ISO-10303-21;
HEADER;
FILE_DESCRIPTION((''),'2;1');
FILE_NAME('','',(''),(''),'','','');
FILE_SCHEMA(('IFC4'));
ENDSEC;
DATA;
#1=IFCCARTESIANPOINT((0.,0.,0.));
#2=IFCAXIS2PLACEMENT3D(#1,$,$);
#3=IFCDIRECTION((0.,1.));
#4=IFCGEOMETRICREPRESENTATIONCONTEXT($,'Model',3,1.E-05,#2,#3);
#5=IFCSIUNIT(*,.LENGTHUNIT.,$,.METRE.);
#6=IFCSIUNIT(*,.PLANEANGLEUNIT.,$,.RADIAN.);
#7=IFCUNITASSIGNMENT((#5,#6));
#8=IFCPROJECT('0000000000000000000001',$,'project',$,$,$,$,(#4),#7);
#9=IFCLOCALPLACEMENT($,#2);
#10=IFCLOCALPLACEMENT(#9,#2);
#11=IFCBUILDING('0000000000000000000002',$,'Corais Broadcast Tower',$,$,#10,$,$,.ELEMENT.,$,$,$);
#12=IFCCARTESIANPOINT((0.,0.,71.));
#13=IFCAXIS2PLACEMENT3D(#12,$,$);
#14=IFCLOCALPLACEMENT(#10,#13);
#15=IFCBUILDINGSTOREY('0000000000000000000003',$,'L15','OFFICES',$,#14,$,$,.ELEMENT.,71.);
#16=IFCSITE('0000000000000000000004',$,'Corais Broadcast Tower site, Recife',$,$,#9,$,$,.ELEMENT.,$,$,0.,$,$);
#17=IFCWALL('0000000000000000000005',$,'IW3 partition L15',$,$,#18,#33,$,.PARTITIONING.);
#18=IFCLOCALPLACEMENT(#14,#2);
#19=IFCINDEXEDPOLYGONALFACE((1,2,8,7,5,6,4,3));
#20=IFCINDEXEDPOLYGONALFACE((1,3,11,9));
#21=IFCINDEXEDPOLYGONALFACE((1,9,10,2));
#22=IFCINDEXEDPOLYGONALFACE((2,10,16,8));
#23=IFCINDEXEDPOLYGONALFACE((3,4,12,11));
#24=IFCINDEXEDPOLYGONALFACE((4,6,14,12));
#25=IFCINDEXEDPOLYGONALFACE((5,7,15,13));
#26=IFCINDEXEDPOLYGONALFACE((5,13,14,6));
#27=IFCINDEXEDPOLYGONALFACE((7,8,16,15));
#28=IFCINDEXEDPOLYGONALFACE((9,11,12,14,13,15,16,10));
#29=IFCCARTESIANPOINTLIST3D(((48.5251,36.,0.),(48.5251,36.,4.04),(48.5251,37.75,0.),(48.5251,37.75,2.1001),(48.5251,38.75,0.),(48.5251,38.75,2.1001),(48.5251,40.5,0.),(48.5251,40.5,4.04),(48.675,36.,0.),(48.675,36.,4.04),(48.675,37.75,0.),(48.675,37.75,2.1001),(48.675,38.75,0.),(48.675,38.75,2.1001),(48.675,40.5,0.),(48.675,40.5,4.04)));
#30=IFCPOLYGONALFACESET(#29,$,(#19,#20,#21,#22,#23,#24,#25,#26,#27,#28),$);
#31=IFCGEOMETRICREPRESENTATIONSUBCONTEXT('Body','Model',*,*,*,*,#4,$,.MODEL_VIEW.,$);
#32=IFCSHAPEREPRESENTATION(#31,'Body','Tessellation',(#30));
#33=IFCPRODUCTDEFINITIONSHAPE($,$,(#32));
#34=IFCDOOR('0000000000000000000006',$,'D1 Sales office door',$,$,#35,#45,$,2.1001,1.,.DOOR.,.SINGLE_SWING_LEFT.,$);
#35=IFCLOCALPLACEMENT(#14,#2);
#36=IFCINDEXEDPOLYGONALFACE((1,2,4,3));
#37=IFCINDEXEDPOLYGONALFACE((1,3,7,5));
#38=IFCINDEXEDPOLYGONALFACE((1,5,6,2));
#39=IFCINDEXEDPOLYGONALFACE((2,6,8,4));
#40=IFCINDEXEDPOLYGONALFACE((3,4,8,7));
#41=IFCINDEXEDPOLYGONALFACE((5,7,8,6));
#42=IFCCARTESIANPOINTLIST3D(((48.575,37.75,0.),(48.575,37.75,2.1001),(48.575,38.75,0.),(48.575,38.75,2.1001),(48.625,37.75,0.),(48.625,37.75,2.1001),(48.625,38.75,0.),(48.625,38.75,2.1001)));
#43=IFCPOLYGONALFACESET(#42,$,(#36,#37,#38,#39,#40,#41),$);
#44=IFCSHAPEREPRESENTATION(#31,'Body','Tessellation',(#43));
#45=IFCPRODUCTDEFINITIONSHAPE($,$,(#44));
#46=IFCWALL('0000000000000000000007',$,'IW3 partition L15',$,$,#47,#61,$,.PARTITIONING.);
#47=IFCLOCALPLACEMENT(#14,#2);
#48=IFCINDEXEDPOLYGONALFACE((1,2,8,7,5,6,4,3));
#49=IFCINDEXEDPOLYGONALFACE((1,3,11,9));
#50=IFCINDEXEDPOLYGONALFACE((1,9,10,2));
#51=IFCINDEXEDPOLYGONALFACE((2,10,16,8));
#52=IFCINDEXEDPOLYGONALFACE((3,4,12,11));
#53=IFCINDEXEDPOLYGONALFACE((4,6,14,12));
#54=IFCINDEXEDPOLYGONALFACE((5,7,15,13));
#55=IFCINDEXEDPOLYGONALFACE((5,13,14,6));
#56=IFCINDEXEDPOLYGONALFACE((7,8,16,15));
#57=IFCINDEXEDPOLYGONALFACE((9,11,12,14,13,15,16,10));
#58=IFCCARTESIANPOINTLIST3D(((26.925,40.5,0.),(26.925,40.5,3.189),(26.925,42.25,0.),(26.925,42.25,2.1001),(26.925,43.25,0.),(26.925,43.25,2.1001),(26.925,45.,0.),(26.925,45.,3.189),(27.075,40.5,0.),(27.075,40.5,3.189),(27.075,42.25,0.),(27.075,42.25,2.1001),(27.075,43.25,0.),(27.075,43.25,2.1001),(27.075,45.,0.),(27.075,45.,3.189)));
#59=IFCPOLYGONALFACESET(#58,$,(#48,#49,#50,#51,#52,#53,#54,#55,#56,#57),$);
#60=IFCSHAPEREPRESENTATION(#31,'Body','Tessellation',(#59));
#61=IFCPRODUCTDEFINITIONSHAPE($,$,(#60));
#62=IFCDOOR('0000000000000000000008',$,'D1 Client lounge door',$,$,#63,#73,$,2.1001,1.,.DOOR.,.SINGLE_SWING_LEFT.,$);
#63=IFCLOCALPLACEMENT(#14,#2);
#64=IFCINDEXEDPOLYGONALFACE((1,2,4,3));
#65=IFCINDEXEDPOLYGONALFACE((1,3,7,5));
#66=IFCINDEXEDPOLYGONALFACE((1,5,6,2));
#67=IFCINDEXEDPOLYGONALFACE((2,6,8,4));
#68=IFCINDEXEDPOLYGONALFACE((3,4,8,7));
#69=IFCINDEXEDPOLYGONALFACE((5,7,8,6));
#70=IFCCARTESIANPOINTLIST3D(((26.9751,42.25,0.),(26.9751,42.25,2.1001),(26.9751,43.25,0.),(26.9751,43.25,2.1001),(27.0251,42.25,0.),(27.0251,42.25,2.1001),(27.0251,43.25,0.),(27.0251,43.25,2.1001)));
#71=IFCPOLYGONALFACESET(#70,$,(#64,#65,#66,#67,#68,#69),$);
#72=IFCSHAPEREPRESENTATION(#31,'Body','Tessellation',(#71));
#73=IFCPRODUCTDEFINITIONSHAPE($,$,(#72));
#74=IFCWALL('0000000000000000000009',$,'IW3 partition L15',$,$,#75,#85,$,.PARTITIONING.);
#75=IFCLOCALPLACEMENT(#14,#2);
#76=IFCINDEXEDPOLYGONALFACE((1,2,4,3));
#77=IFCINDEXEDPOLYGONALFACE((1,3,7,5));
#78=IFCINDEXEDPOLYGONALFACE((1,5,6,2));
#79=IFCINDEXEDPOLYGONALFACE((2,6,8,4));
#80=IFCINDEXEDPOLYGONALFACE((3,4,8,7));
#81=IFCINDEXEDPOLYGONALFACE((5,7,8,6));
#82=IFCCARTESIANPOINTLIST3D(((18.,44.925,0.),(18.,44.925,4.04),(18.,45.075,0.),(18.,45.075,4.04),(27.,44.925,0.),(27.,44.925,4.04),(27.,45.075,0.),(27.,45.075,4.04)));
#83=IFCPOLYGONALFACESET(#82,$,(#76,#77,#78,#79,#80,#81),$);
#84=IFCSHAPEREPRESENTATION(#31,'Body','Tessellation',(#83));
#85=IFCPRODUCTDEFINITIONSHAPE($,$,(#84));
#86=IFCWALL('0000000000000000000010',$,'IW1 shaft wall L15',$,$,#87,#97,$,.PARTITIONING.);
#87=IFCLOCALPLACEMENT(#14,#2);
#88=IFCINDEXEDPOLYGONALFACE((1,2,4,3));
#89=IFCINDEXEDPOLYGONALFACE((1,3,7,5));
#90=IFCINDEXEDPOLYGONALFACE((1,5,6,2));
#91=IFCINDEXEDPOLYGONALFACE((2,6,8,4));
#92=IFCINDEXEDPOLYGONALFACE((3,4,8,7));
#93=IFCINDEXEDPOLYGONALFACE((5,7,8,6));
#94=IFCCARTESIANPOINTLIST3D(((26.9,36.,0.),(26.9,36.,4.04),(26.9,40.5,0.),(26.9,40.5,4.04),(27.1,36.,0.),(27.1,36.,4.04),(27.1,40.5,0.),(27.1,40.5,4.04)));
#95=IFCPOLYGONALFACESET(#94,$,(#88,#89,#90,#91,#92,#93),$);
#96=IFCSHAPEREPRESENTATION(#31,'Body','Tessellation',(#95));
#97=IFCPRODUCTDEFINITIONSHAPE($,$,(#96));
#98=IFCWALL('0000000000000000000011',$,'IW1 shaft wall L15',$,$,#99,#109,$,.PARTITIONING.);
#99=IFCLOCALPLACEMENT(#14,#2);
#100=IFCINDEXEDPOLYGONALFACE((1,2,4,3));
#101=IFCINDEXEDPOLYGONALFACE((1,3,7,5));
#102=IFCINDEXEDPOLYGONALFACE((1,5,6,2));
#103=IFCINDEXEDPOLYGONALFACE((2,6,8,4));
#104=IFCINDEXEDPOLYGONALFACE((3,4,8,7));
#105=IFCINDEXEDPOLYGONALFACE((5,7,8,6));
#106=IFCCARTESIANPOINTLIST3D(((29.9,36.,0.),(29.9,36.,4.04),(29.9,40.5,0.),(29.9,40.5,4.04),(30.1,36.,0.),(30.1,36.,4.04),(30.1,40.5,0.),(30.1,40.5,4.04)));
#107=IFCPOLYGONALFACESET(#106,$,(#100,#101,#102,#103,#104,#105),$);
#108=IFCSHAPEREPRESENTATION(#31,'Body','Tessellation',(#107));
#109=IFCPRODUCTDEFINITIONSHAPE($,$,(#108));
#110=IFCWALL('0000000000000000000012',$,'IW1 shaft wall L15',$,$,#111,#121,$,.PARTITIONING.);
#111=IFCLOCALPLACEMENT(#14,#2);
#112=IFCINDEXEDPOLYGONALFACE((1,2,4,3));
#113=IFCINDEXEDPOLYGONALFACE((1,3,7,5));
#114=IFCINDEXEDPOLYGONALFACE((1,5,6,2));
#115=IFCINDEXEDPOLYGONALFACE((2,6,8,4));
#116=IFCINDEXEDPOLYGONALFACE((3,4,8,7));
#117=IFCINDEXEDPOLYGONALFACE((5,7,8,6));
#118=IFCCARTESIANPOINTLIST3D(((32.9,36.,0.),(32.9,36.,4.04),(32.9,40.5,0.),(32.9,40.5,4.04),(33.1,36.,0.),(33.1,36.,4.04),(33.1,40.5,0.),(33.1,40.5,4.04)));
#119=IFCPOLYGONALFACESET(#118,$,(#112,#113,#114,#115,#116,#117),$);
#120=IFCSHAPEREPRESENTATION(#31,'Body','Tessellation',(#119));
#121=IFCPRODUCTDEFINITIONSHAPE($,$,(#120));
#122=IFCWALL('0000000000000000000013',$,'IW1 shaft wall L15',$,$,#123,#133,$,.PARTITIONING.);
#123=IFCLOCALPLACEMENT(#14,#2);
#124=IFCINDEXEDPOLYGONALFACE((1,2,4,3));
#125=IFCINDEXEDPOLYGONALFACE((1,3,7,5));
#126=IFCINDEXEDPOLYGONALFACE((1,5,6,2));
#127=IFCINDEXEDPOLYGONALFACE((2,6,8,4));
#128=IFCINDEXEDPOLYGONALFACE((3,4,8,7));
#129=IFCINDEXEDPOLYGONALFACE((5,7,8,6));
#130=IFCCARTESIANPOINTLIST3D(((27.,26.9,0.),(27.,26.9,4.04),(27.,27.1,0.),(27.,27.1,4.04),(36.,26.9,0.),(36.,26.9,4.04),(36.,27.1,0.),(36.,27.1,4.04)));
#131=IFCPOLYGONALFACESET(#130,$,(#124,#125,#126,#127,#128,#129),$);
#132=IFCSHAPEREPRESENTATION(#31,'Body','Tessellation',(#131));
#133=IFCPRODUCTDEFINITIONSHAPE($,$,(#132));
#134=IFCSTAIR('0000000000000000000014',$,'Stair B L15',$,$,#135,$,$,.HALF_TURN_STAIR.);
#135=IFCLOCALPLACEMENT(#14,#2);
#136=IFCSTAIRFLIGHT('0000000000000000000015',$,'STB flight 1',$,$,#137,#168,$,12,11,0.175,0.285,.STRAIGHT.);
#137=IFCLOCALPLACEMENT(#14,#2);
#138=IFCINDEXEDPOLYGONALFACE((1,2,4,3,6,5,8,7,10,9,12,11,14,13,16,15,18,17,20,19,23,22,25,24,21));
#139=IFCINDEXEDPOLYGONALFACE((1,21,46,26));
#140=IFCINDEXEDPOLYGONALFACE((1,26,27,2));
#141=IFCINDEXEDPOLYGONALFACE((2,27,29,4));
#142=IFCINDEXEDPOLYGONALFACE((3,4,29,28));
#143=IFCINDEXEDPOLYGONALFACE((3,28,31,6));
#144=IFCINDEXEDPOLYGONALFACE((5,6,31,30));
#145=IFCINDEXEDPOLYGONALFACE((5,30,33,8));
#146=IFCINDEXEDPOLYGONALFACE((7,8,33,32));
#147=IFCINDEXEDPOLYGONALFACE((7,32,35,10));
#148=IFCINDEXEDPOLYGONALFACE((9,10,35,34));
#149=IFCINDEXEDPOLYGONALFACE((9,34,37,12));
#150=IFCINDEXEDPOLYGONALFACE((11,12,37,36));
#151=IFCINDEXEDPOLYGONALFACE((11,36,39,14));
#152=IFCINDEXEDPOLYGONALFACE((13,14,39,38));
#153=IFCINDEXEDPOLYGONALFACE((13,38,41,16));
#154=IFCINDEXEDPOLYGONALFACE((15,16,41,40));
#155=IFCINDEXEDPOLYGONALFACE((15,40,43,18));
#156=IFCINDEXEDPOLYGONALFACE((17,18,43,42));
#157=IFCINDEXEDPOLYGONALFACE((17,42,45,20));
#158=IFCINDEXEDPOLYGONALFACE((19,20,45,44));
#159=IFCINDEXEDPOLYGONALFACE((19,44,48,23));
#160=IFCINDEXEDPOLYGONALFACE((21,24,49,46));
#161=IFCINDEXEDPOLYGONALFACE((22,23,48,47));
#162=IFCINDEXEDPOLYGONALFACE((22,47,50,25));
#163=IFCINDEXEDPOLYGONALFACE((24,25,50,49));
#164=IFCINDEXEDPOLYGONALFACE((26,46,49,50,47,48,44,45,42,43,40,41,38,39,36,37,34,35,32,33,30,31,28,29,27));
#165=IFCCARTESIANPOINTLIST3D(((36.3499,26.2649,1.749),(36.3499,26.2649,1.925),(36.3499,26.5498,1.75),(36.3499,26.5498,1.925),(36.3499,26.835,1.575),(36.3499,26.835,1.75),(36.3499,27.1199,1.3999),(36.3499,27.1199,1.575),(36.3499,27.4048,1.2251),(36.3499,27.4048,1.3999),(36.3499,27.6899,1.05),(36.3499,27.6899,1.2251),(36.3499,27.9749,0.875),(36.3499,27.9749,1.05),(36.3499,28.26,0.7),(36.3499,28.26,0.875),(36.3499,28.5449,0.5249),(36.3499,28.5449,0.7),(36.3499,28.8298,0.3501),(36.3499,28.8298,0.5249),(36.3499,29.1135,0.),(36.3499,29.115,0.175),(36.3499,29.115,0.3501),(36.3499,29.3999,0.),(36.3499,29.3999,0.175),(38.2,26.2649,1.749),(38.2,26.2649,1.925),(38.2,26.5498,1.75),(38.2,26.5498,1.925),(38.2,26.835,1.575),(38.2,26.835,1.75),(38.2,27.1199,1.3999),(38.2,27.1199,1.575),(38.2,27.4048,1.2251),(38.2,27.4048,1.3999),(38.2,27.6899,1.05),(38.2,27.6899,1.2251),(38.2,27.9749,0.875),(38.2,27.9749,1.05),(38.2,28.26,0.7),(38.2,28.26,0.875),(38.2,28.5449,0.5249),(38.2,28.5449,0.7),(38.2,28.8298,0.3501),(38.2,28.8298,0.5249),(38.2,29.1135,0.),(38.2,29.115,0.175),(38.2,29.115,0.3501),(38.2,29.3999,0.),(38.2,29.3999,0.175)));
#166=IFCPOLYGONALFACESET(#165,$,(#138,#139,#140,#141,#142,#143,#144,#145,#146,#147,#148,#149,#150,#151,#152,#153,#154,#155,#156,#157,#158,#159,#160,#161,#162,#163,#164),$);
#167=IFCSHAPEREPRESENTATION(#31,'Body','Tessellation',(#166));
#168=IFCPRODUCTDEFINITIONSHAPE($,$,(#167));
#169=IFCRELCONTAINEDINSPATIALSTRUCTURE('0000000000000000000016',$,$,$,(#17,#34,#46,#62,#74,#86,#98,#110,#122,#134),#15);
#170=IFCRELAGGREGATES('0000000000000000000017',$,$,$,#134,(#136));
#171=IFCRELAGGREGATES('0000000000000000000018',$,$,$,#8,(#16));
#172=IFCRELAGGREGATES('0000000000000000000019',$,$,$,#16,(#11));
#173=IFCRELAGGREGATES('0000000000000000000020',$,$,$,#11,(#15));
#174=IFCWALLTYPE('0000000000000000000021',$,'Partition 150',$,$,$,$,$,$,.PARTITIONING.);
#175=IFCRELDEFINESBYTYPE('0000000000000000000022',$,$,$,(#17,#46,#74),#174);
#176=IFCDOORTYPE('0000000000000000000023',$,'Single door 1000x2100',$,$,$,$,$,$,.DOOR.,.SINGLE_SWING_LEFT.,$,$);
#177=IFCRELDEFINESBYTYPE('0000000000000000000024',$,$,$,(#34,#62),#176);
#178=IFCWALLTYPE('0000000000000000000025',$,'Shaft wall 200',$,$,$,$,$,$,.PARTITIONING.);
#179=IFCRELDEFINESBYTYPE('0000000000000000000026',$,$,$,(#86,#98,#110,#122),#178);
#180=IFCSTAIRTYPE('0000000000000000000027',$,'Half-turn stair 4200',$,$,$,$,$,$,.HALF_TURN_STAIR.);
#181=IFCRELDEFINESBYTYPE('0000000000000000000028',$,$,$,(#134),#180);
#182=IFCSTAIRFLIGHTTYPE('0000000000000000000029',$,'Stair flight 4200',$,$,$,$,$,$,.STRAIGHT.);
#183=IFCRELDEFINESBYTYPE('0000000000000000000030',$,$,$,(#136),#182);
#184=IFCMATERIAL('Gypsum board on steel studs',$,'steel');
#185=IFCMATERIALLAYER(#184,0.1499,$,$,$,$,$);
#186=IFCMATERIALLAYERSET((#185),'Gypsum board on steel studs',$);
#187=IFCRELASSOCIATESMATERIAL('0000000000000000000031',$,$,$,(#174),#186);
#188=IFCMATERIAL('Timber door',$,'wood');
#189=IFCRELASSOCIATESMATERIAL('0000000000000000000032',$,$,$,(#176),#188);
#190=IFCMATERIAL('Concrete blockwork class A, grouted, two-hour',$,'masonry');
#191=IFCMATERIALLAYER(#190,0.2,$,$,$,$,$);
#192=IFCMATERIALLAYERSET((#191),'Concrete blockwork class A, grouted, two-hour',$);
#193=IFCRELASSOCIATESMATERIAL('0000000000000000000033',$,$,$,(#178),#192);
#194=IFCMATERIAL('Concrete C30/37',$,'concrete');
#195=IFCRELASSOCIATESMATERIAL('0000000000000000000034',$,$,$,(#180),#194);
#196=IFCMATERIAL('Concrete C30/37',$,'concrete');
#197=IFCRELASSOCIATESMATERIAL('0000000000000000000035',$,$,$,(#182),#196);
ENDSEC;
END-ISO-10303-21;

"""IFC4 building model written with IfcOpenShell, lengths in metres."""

from ifc_helpers import new_model, si_unit, direction, frame, frame_2d, origin, place, context, subcontext, project, spatial, polyline, rectangle, outline, extrude, material, layer, layer_set, type_object, element, fill, aggregate, save


model = new_model("IFC4")

# Units and contexts
model_context = context("Model", 3, precision=1e-05, world=origin(), true_north=direction((0.0, 1.0)))
body_context = subcontext(model_context, "Body", "Model", "MODEL_VIEW")
ifc_project = project(units=[si_unit("LENGTHUNIT", "METRE"), si_unit("PLANEANGLEUNIT", "RADIAN")], contexts=[model_context])

# Site, building, storey
site_placement = place(None, origin())
site = spatial("IfcSite", under=ifc_project, at=site_placement, Name="Corais Broadcast Tower site, Recife", CompositionType="ELEMENT", RefElevation=0.0)
building_placement = place(site_placement, origin())
building = spatial("IfcBuilding", under=site, at=building_placement, Name="Corais Broadcast Tower", CompositionType="ELEMENT")
storey_placement = place(building_placement, frame((0.0, 0.0, 71.0)))
storey = spatial("IfcBuildingStorey", under=building, at=storey_placement, Name="L15", Description="OFFICES", CompositionType="ELEMENT", Elevation=71.0)

# Shared definitions
ifc_material_1 = material(Name="Gypsum board on steel studs", Category="steel")
ifc_layer_1 = layer(ifc_material_1, 0.1499)
ifc_layer_set_1 = layer_set([ifc_layer_1], Name="Gypsum board on steel studs")
wall_type_1 = type_object("IfcWallType", Name="Partition 150", PredefinedType="PARTITIONING", material=ifc_layer_set_1)
ifc_material_2 = material(Name="Timber door", Category="wood")
door_type = type_object("IfcDoorType", Name="Single door 1000x2100", OperationType="SINGLE_SWING_LEFT", PredefinedType="DOOR", material=ifc_material_2)

# Walls, openings, doors
wall_1_placement = place(storey_placement, frame((48.6001, 40.5, 0.0), z_axis=(0.0, 0.0, 1.0), x_axis=(0.0, -1.0, 0.0)))
wall_1 = element("IfcWall", 1, at=wall_1_placement, inside=storey, type_object=wall_type_1, Name="IW3 partition L15", PredefinedType="PARTITIONING", context=body_context, shape_type="SweptSolid", body=[
    extrude(rectangle(XDim=4.5, YDim=0.1499, at=frame_2d((2.25, 0.0))), origin(), (0.0, 0.0, 1.0), 4.04),
])
opening_1_placement = place(wall_1_placement, frame((1.75, 0.0, 0.0)))
opening_1 = element("IfcOpeningElement", 2, at=opening_1_placement, cuts=wall_1, PredefinedType="OPENING", context=body_context, shape_type="SweptSolid", body=[
    extrude(rectangle(XDim=1.0, YDim=2.1001, at=frame_2d((0.5, 1.05))), frame((0.0, 0.085, 0.0), z_axis=(0.0, -1.0, 0.0), x_axis=(1.0, 0.0, 0.0)), (0.0, 0.0, 1.0), 0.1699),
])
door_1_placement = place(opening_1_placement, origin())
door_1 = element("IfcDoor", 3, at=door_1_placement, inside=storey, type_object=door_type, Name="D1 Sales office door", OperationType="SINGLE_SWING_LEFT", OverallHeight=2.1001, OverallWidth=1.0, PredefinedType="DOOR", context=body_context, shape_type="SweptSolid", body=[
    extrude(rectangle(XDim=1.0, YDim=2.1001, at=frame_2d((0.5, 1.05))), frame((0.0, 0.0249, 0.0), z_axis=(0.0, -1.0, 0.0), x_axis=(1.0, 0.0, 0.0)), (0.0, 0.0, 1.0), 0.05),
])
fill(opening_1, door_1)
wall_2_placement = place(storey_placement, frame((27.0, 40.5, 0.0), z_axis=(0.0, 0.0, 1.0), x_axis=(0.0, 1.0, 0.0)))
wall_2 = element("IfcWall", 4, at=wall_2_placement, inside=storey, type_object=wall_type_1, Name="IW3 partition L15", PredefinedType="PARTITIONING", context=body_context, shape_type="SweptSolid", body=[
    extrude(rectangle(XDim=4.5, YDim=0.1499, at=frame_2d((2.25, 0.0))), origin(), (0.0, 0.0, 1.0), 3.189),
])
opening_2_placement = place(wall_2_placement, frame((1.75, 0.0, 0.0)))
opening_2 = element("IfcOpeningElement", 5, at=opening_2_placement, cuts=wall_2, PredefinedType="OPENING", context=body_context, shape_type="SweptSolid", body=[
    extrude(rectangle(XDim=1.0, YDim=2.1001, at=frame_2d((0.5, 1.05))), frame((0.0, 0.085, 0.0), z_axis=(0.0, -1.0, 0.0), x_axis=(1.0, 0.0, 0.0)), (0.0, 0.0, 1.0), 0.1699),
])
door_2_placement = place(opening_2_placement, origin())
door_2 = element("IfcDoor", 6, at=door_2_placement, inside=storey, type_object=door_type, Name="D1 Client lounge door", OperationType="SINGLE_SWING_LEFT", OverallHeight=2.1001, OverallWidth=1.0, PredefinedType="DOOR", context=body_context, shape_type="SweptSolid", body=[
    extrude(rectangle(XDim=1.0, YDim=2.1001, at=frame_2d((0.5, 1.05))), frame((0.0, 0.0249, 0.0), z_axis=(0.0, -1.0, 0.0), x_axis=(1.0, 0.0, 0.0)), (0.0, 0.0, 1.0), 0.05),
])
fill(opening_2, door_2)

# Walls
wall_3_placement = place(storey_placement, frame((27.0, 45.0, 0.0), z_axis=(0.0, 0.0, 1.0), x_axis=(-1.0, 0.0, 0.0)))
element("IfcWall", 7, at=wall_3_placement, inside=storey, type_object=wall_type_1, Name="IW3 partition L15", PredefinedType="PARTITIONING", context=body_context, shape_type="SweptSolid", body=[
    extrude(rectangle(XDim=9.0, YDim=0.1499, at=frame_2d((4.5, 0.0))), origin(), (0.0, 0.0, 1.0), 4.04),
])
ifc_material_3 = material(Name="Concrete blockwork class A, grouted, two-hour", Category="masonry")
ifc_layer_2 = layer(ifc_material_3, 0.2)
ifc_layer_set_2 = layer_set([ifc_layer_2], Name="Concrete blockwork class A, grouted, two-hour")
wall_type_2 = type_object("IfcWallType", Name="Shaft wall 200", PredefinedType="PARTITIONING", material=ifc_layer_set_2)
for number, where, z_axis, x_axis, name in (
    (8, (27.0, 36.0, 0.0), (0.0, 0.0, 1.0), (0.0, 1.0, 0.0), "IW1 shaft wall L15"),
    (9, (30.0, 36.0, 0.0), (0.0, 0.0, 1.0), (0.0, 1.0, 0.0), "IW1 shaft wall L15"),
    (10, (33.0, 36.0, 0.0), (0.0, 0.0, 1.0), (0.0, 1.0, 0.0), "IW1 shaft wall L15"),
):
    element("IfcWall", number, at=place(storey_placement, frame(where, z_axis=z_axis, x_axis=x_axis)), inside=storey, type_object=wall_type_2, Name=name, PredefinedType="PARTITIONING", context=body_context, shape_type="SweptSolid", body=[
        extrude(rectangle(XDim=4.5, YDim=0.2, at=frame_2d((2.25, 0.0))), origin(), (0.0, 0.0, 1.0), 4.04),
    ])
wall_4_placement = place(storey_placement, frame((27.0, 27.0, 0.0), z_axis=(0.0, 0.0, 1.0), x_axis=(1.0, 0.0, 0.0)))
element("IfcWall", 11, at=wall_4_placement, inside=storey, type_object=wall_type_2, Name="IW1 shaft wall L15", PredefinedType="PARTITIONING", context=body_context, shape_type="SweptSolid", body=[
    extrude(rectangle(XDim=9.0, YDim=0.2, at=frame_2d((4.5, 0.0))), origin(), (0.0, 0.0, 1.0), 4.04),
])

# Stair, stair flight
ifc_material_4 = material(Name="Concrete C30/37", Category="concrete")
stair_type = type_object("IfcStairType", Name="Half-turn stair 4200", PredefinedType="HALF_TURN_STAIR", material=ifc_material_4)
stair_placement = place(storey_placement, origin())
stair = element("IfcStair", 12, at=stair_placement, inside=storey, type_object=stair_type, Name="Stair B L15", PredefinedType="HALF_TURN_STAIR")
ifc_material_5 = material(Name="Concrete C30/37", Category="concrete")
stair_flight_type = type_object("IfcStairFlightType", Name="Stair flight 4200", PredefinedType="STRAIGHT", material=ifc_material_5)
stair_flight_placement = place(storey_placement, frame((37.2749, 29.3999, 0.0), z_axis=(0.0, 0.0, 1.0), x_axis=(0.0, -1.0, 0.0)))
stair_flight = element("IfcStairFlight", 13, at=stair_flight_placement, type_object=stair_flight_type, Name="STB flight 1", NumberOfRisers=12, NumberOfTreads=11, PredefinedType="STRAIGHT", RiserHeight=0.175, TreadLength=0.285, context=body_context, shape_type="SweptSolid", body=[
    extrude(outline(polyline([(0.0, 0.0), (0.0, 0.175), (0.2849, 0.175), (0.2849, 0.3501), (0.5701, 0.3501), (0.5701, 0.5249), (0.855, 0.5249), (0.855, 0.7), (1.1399, 0.7), (1.1399, 0.875), (1.425, 0.875), (1.425, 1.05), (1.71, 1.05), (1.71, 1.2251), (1.9951, 1.2251), (1.9951, 1.3999), (2.28, 1.3999), (2.28, 1.575), (2.5649, 1.575), (2.5649, 1.75), (2.8501, 1.75), (2.8501, 1.925), (3.135, 1.925), (3.135, 2.1001), (3.135, 1.749), (0.2864, 0.0), (0.0, 0.0)])), frame((0.0, 0.925, 0.0), z_axis=(0.0, -1.0, 0.0), x_axis=(1.0, 0.0, 0.0)), (0.0, 0.0, 1.0), 1.8501),
])
aggregate(stair, [stair_flight])

save(model, "model.ifc")
